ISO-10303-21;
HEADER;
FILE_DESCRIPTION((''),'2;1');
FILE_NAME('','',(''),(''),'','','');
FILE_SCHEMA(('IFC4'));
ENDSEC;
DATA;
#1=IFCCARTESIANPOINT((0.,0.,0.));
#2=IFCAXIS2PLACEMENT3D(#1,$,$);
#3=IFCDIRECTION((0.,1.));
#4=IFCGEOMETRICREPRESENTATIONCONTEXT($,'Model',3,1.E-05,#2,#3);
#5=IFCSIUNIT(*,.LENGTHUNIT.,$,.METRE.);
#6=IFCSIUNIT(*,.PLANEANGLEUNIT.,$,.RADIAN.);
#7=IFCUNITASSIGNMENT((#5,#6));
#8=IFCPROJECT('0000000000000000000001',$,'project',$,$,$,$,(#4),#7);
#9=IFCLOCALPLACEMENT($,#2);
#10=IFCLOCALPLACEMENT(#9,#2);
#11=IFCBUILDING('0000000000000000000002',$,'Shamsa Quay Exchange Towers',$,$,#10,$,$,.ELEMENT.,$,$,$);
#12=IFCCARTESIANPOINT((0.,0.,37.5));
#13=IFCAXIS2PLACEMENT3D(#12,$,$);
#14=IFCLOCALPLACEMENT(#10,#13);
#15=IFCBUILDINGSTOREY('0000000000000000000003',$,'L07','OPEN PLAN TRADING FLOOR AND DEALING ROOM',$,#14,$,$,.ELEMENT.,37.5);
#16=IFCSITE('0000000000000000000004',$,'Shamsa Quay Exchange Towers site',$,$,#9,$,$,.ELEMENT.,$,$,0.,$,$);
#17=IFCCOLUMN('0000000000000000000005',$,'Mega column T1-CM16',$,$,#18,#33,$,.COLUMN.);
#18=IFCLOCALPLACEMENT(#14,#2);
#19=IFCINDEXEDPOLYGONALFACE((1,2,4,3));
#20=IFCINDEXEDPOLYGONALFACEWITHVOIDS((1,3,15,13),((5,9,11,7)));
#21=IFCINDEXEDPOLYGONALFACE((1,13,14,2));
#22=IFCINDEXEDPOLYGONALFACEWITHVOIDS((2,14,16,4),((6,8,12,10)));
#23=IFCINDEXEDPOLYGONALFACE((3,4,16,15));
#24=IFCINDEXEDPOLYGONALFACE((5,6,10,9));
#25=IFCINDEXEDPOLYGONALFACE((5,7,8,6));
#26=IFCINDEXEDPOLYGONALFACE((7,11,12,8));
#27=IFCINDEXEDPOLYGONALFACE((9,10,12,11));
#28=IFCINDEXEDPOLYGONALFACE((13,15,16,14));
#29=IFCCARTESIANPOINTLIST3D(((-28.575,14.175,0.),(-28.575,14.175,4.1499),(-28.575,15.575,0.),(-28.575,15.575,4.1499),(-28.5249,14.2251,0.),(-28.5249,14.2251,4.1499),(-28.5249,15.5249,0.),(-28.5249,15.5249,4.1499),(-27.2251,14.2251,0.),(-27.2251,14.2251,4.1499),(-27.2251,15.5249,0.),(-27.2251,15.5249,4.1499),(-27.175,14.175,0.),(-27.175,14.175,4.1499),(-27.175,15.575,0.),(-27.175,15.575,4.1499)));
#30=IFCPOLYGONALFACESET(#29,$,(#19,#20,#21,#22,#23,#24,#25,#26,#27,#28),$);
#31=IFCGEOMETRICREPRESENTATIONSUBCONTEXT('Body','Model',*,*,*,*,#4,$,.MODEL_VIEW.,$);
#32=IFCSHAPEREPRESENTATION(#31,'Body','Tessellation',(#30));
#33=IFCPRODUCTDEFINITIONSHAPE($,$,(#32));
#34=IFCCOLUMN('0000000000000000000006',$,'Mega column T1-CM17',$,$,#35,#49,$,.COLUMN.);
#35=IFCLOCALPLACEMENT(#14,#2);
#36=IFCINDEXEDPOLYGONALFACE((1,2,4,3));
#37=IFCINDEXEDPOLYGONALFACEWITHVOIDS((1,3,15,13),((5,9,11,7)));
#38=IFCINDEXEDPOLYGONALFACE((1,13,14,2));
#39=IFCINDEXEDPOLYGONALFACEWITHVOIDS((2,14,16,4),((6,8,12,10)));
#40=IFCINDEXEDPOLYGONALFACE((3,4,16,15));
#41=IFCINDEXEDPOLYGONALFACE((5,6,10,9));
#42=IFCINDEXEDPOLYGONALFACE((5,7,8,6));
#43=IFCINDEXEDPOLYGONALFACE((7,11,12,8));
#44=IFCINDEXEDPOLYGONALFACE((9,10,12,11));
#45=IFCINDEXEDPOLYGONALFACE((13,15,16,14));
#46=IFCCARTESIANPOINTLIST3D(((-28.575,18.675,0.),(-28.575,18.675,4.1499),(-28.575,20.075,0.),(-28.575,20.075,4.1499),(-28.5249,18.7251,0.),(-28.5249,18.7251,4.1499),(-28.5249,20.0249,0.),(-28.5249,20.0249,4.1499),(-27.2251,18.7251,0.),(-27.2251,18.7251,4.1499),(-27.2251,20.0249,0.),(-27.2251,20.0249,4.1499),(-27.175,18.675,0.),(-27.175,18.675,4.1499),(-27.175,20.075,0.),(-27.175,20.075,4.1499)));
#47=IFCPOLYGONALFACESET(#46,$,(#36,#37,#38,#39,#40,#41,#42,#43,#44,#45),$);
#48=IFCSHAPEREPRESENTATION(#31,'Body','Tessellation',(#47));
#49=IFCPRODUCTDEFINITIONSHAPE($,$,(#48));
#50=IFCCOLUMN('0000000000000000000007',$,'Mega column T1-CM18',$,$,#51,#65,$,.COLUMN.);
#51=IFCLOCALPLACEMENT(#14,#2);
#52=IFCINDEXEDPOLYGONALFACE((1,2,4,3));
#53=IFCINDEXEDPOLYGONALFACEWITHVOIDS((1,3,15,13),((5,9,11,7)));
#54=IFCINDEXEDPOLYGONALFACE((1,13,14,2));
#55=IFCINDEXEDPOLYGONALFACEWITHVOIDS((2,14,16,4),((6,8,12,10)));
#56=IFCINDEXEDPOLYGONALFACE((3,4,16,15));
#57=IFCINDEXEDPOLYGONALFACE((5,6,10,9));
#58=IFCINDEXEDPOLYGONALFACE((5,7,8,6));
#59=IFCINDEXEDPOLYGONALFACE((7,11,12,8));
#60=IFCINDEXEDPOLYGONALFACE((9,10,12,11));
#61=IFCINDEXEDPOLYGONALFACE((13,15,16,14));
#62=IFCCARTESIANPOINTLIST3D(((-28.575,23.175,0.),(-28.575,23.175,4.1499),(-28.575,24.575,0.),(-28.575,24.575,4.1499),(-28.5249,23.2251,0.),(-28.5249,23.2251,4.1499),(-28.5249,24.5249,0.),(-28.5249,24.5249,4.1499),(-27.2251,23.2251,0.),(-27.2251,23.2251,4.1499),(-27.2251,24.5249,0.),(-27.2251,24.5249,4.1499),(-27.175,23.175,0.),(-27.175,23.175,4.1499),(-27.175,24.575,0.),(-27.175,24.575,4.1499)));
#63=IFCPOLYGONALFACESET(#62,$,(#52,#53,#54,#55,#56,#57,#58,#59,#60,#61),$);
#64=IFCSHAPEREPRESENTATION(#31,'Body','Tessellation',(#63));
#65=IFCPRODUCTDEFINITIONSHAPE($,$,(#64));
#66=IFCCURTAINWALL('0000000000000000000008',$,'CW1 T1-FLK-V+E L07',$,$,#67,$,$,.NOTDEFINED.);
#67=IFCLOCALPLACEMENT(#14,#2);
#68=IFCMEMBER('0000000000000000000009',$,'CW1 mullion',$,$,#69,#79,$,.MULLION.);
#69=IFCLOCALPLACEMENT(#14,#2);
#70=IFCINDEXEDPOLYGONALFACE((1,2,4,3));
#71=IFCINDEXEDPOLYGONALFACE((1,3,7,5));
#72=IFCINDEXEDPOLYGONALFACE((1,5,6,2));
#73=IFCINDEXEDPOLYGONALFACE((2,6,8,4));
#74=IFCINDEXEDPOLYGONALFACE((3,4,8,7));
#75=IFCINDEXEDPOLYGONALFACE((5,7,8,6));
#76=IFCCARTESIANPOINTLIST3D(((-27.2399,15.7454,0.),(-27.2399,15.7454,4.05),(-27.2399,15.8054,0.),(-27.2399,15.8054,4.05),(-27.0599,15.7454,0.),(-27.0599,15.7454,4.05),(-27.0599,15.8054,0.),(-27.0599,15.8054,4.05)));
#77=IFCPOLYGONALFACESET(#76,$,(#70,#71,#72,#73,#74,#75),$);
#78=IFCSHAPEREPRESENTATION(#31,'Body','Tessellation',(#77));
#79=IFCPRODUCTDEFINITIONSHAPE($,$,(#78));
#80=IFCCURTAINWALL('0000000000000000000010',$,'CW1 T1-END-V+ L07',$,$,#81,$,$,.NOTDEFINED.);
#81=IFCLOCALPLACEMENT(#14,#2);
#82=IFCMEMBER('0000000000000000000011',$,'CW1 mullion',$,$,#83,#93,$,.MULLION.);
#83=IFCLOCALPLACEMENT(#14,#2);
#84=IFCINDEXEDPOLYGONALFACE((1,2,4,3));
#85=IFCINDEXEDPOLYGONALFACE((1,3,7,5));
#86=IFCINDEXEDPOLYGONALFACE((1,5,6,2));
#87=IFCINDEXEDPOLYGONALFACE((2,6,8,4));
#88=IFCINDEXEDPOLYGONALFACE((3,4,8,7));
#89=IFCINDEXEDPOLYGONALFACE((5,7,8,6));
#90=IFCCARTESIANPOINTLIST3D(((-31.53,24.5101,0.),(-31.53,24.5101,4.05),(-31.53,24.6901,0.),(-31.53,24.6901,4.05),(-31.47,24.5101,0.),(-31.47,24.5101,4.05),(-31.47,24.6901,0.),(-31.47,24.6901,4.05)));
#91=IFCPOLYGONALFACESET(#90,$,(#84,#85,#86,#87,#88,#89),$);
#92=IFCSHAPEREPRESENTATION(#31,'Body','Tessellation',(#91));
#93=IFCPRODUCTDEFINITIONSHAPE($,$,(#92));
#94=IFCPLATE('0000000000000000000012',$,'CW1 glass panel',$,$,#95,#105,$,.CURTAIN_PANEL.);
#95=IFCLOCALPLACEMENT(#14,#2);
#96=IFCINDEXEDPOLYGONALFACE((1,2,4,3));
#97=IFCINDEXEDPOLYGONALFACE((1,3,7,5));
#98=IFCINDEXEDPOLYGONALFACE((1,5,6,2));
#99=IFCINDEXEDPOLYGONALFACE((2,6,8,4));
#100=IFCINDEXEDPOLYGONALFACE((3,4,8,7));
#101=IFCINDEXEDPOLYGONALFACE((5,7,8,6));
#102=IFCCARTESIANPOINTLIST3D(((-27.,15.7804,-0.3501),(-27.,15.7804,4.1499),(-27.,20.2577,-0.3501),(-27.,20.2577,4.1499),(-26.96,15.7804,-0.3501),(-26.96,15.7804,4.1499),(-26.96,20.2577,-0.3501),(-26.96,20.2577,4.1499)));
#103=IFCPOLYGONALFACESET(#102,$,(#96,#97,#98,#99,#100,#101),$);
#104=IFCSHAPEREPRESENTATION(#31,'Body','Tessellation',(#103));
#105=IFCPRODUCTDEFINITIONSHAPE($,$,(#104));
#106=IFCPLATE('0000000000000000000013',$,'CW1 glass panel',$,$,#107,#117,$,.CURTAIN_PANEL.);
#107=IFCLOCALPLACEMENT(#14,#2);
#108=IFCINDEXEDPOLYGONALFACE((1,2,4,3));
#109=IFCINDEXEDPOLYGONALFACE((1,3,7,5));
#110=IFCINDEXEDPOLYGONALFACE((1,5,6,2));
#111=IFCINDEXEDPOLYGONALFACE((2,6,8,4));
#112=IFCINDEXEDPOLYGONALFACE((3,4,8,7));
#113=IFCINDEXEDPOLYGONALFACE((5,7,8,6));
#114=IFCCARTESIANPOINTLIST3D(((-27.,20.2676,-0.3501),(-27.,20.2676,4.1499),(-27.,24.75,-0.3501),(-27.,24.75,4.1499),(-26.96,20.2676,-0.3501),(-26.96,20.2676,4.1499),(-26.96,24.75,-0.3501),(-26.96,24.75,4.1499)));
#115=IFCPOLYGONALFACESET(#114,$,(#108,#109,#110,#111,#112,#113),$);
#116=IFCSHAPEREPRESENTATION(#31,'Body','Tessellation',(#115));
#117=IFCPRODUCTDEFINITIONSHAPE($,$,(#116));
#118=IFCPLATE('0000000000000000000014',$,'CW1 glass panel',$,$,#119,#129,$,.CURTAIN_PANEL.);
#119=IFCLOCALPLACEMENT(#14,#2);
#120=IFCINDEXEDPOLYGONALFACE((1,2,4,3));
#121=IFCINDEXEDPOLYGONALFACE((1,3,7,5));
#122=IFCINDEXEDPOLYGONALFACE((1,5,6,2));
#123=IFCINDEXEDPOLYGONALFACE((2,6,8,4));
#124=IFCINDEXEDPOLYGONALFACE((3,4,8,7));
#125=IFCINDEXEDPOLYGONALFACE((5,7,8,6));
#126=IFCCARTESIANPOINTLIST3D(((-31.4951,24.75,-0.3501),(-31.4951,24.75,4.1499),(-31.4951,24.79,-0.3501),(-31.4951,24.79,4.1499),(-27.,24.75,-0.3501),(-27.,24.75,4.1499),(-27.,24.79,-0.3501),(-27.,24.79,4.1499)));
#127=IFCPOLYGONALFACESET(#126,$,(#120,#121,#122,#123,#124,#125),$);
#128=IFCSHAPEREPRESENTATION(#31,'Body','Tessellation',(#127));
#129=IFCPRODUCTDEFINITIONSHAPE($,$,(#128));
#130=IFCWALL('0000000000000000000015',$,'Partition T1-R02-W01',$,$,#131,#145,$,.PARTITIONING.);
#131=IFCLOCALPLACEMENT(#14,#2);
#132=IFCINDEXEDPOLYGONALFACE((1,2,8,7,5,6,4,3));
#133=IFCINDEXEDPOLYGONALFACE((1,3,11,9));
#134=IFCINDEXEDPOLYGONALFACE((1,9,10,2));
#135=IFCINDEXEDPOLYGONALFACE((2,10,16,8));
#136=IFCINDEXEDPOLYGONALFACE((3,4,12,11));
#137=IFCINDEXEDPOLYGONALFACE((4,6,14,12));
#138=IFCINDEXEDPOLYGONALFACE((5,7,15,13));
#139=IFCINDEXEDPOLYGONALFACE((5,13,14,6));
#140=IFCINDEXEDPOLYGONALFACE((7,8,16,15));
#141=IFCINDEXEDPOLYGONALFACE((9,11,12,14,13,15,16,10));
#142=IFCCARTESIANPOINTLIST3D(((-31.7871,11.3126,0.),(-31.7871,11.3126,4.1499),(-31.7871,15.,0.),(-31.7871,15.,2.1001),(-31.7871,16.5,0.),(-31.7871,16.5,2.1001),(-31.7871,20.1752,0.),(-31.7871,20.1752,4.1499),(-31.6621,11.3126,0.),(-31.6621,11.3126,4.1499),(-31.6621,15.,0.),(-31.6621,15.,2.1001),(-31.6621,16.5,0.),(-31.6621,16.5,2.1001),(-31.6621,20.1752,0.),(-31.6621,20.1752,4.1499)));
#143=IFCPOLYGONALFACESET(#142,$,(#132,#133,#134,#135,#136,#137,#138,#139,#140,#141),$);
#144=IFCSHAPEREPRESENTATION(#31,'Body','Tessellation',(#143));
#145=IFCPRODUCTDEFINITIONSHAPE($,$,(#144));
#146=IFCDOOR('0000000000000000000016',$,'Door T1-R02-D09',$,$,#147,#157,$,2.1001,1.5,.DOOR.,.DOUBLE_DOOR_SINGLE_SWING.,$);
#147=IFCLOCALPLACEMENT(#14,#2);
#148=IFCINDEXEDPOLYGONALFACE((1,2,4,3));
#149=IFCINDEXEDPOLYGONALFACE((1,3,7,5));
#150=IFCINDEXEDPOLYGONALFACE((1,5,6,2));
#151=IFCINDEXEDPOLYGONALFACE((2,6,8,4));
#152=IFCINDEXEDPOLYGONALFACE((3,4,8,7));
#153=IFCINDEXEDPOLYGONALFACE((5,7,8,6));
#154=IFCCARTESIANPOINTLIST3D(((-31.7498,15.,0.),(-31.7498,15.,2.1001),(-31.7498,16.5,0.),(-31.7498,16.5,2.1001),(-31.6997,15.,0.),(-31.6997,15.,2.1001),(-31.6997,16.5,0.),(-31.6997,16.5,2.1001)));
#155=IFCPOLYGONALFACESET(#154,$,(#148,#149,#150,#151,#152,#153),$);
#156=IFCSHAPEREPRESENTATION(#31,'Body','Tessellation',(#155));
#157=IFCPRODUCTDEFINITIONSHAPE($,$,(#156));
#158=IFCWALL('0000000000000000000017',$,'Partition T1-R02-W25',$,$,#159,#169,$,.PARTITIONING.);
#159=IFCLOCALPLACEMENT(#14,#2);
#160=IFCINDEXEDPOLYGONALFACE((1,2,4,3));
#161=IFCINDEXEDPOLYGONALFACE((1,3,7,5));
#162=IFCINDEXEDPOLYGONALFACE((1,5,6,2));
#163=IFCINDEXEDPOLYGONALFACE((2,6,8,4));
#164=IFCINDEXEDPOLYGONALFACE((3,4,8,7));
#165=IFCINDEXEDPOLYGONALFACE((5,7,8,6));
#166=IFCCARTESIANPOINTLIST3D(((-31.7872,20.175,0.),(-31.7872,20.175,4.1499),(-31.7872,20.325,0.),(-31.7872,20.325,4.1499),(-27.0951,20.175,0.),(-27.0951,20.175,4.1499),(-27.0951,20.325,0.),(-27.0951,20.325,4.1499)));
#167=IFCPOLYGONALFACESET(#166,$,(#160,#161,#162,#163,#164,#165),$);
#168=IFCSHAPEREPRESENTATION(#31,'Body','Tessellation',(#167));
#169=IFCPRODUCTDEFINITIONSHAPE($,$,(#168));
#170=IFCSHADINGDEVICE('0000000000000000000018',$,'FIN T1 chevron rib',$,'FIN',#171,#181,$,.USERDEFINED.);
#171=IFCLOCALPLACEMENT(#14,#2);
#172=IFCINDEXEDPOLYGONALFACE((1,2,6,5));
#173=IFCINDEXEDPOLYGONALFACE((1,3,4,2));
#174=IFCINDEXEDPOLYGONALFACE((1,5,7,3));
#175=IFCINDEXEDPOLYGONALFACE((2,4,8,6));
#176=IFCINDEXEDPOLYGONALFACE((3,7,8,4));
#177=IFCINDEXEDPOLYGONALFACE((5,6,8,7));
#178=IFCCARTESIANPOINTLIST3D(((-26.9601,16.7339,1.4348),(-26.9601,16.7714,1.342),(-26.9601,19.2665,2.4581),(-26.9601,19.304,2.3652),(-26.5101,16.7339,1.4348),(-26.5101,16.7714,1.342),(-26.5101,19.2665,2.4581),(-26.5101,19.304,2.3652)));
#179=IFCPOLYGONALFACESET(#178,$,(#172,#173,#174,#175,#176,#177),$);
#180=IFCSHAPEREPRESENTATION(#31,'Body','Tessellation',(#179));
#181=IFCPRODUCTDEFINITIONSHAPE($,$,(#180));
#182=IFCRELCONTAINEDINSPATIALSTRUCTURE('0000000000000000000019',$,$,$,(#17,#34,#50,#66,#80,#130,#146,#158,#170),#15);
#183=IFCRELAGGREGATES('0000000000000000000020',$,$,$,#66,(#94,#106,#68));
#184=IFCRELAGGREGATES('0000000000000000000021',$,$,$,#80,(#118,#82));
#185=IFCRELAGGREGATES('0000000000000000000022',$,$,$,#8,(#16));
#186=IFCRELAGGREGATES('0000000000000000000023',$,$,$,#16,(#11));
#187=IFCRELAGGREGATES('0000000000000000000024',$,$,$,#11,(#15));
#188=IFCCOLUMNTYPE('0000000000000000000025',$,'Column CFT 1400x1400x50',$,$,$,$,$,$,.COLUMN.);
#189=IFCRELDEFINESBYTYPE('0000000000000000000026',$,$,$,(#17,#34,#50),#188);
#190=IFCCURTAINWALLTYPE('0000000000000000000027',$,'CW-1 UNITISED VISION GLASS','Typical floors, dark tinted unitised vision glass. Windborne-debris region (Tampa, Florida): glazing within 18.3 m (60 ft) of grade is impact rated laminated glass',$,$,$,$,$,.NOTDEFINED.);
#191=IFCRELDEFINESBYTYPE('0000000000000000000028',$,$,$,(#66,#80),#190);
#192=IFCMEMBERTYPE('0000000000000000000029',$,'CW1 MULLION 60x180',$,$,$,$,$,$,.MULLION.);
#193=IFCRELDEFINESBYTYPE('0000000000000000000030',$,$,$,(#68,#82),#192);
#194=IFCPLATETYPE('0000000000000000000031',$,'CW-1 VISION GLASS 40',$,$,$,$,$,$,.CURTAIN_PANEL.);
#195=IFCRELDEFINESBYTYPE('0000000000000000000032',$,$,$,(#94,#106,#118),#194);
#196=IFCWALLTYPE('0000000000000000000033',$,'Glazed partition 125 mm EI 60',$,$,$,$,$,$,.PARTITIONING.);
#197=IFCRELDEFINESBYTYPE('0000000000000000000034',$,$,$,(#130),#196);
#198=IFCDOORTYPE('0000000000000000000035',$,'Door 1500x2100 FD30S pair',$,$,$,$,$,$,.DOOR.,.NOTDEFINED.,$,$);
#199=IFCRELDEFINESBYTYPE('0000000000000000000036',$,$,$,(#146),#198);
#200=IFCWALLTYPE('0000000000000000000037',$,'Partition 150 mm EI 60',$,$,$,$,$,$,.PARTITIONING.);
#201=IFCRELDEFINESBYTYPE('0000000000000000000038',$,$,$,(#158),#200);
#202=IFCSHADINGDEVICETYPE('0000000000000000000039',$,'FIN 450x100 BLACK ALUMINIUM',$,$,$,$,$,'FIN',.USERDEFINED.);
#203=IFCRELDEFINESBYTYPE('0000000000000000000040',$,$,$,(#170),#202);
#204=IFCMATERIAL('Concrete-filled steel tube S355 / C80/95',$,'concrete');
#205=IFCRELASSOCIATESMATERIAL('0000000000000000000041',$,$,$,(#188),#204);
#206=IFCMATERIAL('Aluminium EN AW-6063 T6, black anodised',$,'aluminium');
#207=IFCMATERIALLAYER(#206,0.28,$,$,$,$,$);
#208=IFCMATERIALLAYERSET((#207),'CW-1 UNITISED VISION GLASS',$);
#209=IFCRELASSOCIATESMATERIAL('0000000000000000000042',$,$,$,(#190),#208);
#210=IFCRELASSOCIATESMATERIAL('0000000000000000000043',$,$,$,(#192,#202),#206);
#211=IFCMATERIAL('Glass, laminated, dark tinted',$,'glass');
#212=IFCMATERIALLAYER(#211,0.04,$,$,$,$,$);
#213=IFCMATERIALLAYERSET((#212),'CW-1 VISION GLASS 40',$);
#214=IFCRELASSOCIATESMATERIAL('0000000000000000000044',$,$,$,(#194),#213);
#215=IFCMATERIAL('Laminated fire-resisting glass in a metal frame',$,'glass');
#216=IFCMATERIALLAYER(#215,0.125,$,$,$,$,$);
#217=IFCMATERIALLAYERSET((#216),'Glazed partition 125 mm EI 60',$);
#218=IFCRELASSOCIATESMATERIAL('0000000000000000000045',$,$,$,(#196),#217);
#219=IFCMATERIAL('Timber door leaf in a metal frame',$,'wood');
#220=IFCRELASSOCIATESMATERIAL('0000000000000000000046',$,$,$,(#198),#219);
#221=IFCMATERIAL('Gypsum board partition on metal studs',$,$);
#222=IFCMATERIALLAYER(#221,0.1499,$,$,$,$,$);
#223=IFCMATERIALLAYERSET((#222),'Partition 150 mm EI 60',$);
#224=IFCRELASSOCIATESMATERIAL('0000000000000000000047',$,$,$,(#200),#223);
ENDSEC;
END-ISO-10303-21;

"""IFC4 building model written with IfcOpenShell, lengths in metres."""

from ifc_helpers import new_model, si_unit, direction, frame, frame_2d, origin, origin_2d, place, context, subcontext, project, spatial, rectangle, hollow_rectangle, extrude, material, layer, layer_set, material_profile, profile_set, type_object, element, fill, aggregate, save


model = new_model("IFC4")

# Units and contexts
model_context = context("Model", 3, precision=1e-05, world=origin(), true_north=direction((0.0, 1.0)))
body_context = subcontext(model_context, "Body", "Model", "MODEL_VIEW")
ifc_project = project(units=[si_unit("LENGTHUNIT", "METRE"), si_unit("PLANEANGLEUNIT", "RADIAN")], contexts=[model_context])

# Site, building, storey
site_placement = place(None, origin())
site = spatial("IfcSite", under=ifc_project, at=site_placement, Name="Shamsa Quay Exchange Towers site", CompositionType="ELEMENT", RefElevation=0.0)
building_placement = place(site_placement, origin())
building = spatial("IfcBuilding", under=site, at=building_placement, Name="Shamsa Quay Exchange Towers", CompositionType="ELEMENT")
storey_placement = place(building_placement, frame((0.0, 0.0, 37.5)))
storey = spatial("IfcBuildingStorey", under=building, at=storey_placement, Name="L07", Description="OPEN PLAN TRADING FLOOR AND DEALING ROOM", CompositionType="ELEMENT", Elevation=37.5)

# Columns
ifc_material_1 = material(Name="Concrete-filled steel tube S355 / C80/95", Category="concrete")
ifc_material_profile_1 = material_profile(ifc_material_1, hollow_rectangle(XDim=1.3999, YDim=1.3999, WallThickness=0.05, at=origin_2d()), Name="CFT 1400x1400x50")
ifc_profile_set_1 = profile_set([ifc_material_profile_1], Name="Concrete-filled steel tube S355 / C80/95")
column_type = type_object("IfcColumnType", Name="Column CFT 1400x1400x50", PredefinedType="COLUMN", material=ifc_profile_set_1)
for number, where, name in (
    (1, (-27.875, 14.875, 0.0), "Mega column T1-CM16"),
    (2, (-27.875, 19.375, 0.0), "Mega column T1-CM17"),
    (3, (-27.875, 23.875, 0.0), "Mega column T1-CM18"),
):
    element("IfcColumn", number, at=place(storey_placement, frame(where)), inside=storey, type_object=column_type, Name=name, PredefinedType="COLUMN", context=body_context, shape_type="SweptSolid", body=[
        extrude(hollow_rectangle(XDim=1.3999, YDim=1.3999, WallThickness=0.05, at=origin_2d()), origin(), (0.0, 0.0, 1.0), 4.1499),
    ])

# Curtain walls, members
ifc_material_2 = material(Name="Aluminium EN AW-6063 T6, black anodised", Category="aluminium")
ifc_layer_1 = layer(ifc_material_2, 0.28)
ifc_layer_set_1 = layer_set([ifc_layer_1], Name="CW-1 UNITISED VISION GLASS")
curtain_wall_type = type_object("IfcCurtainWallType", Name="CW-1 UNITISED VISION GLASS", Description="Typical floors, dark tinted unitised vision glass. Windborne-debris region (Tampa, Florida): glazing within 18.3 m (60 ft) of grade is impact rated laminated glass", PredefinedType="NOTDEFINED", material=ifc_layer_set_1)
curtain_wall_1_placement = place(storey_placement, origin())
curtain_wall_1 = element("IfcCurtainWall", 4, at=curtain_wall_1_placement, inside=storey, type_object=curtain_wall_type, Name="CW1 T1-FLK-V+E L07", PredefinedType="NOTDEFINED")
ifc_material_profile_2 = material_profile(ifc_material_2, rectangle(XDim=0.1799, YDim=0.0601, at=origin_2d()), Name="MU60x180")
ifc_profile_set_2 = profile_set([ifc_material_profile_2], Name="Aluminium EN AW-6063 T6, black anodised")
member_type = type_object("IfcMemberType", Name="CW1 MULLION 60x180", PredefinedType="MULLION", material=ifc_profile_set_2)
member_1_placement = place(storey_placement, frame((-27.1499, 15.7754, 0.0), z_axis=(0.0, 0.0, 1.0), x_axis=(-1.0, 0.0, 0.0)))
member_1 = element("IfcMember", 5, at=member_1_placement, type_object=member_type, Name="CW1 mullion", PredefinedType="MULLION", context=body_context, shape_type="SweptSolid", body=[
    extrude(rectangle(XDim=0.1799, YDim=0.0601, at=origin_2d()), origin(), (0.0, 0.0, 1.0), 4.05),
])
curtain_wall_2_placement = place(storey_placement, origin())
curtain_wall_2 = element("IfcCurtainWall", 6, at=curtain_wall_2_placement, inside=storey, type_object=curtain_wall_type, Name="CW1 T1-END-V+ L07", PredefinedType="NOTDEFINED")
member_2_placement = place(storey_placement, frame((-31.5, 24.6001, 0.0), z_axis=(0.0, 0.0, 1.0), x_axis=(0.0, -1.0, 0.0)))
member_2 = element("IfcMember", 7, at=member_2_placement, type_object=member_type, Name="CW1 mullion", PredefinedType="MULLION", context=body_context, shape_type="SweptSolid", body=[
    extrude(rectangle(XDim=0.1799, YDim=0.0601, at=origin_2d()), origin(), (0.0, 0.0, 1.0), 4.05),
])

# Plates
ifc_material_3 = material(Name="Glass, laminated, dark tinted", Category="glass")
ifc_layer_2 = layer(ifc_material_3, 0.04)
ifc_layer_set_2 = layer_set([ifc_layer_2], Name="CW-1 VISION GLASS 40")
plate_type = type_object("IfcPlateType", Name="CW-1 VISION GLASS 40", PredefinedType="CURTAIN_PANEL", material=ifc_layer_set_2)
plate_1_placement = place(storey_placement, frame((-26.98, 18.019, -0.3501), z_axis=(0.0, 0.0, 1.0), x_axis=(0.0, 1.0, 0.0)))
plate_1 = element("IfcPlate", 8, at=plate_1_placement, type_object=plate_type, Name="CW1 glass panel", PredefinedType="CURTAIN_PANEL", context=body_context, shape_type="SweptSolid", body=[
    extrude(rectangle(XDim=4.4773, YDim=0.04, at=origin_2d()), origin(), (0.0, 0.0, 1.0), 4.5),
])
plate_2_placement = place(storey_placement, frame((-26.98, 22.5088, -0.3501), z_axis=(0.0, 0.0, 1.0), x_axis=(0.0, 1.0, 0.0)))
plate_2 = element("IfcPlate", 9, at=plate_2_placement, type_object=plate_type, Name="CW1 glass panel", PredefinedType="CURTAIN_PANEL", context=body_context, shape_type="SweptSolid", body=[
    extrude(rectangle(XDim=4.4824, YDim=0.04, at=origin_2d()), origin(), (0.0, 0.0, 1.0), 4.5),
])
aggregate(curtain_wall_1, [plate_1, plate_2, member_1])
plate_3_placement = place(storey_placement, frame((-29.2476, 24.77, -0.3501), z_axis=(0.0, 0.0, 1.0), x_axis=(-1.0, 0.0, 0.0)))
plate_3 = element("IfcPlate", 10, at=plate_3_placement, type_object=plate_type, Name="CW1 glass panel", PredefinedType="CURTAIN_PANEL", context=body_context, shape_type="SweptSolid", body=[
    extrude(rectangle(XDim=4.4951, YDim=0.04, at=origin_2d()), origin(), (0.0, 0.0, 1.0), 4.5),
])
aggregate(curtain_wall_2, [plate_3, member_2])

# Wall, opening, door
ifc_material_4 = material(Name="Laminated fire-resisting glass in a metal frame", Category="glass")
ifc_layer_3 = layer(ifc_material_4, 0.125)
ifc_layer_set_3 = layer_set([ifc_layer_3], Name="Glazed partition 125 mm EI 60")
wall_type_1 = type_object("IfcWallType", Name="Glazed partition 125 mm EI 60", PredefinedType="PARTITIONING", material=ifc_layer_set_3)
wall_1_placement = place(storey_placement, frame((-31.7246, 20.175, 0.0), z_axis=(0.0, 0.0, 1.0), x_axis=(0.0, -1.0, 0.0)))
wall_1 = element("IfcWall", 11, at=wall_1_placement, inside=storey, type_object=wall_type_1, Name="Partition T1-R02-W01", PredefinedType="PARTITIONING", context=body_context, shape_type="SweptSolid", body=[
    extrude(rectangle(XDim=8.8625, YDim=0.125, at=frame_2d((4.4312, 0.0))), origin(), (0.0, 0.0, 1.0), 4.1499),
])
opening_placement = place(wall_1_placement, frame((3.675, 0.0, 0.0)))
opening = element("IfcOpeningElement", 12, at=opening_placement, cuts=wall_1, PredefinedType="OPENING", context=body_context, shape_type="SweptSolid", body=[
    extrude(rectangle(XDim=1.5, YDim=2.1001, at=frame_2d((0.75, 1.05))), frame((0.0, 0.0725, 0.0), z_axis=(0.0, -1.0, 0.0), x_axis=(1.0, 0.0, 0.0)), (0.0, 0.0, 1.0), 0.145),
])
ifc_material_5 = material(Name="Timber door leaf in a metal frame", Category="wood")
door_type = type_object("IfcDoorType", Name="Door 1500x2100 FD30S pair", OperationType="NOTDEFINED", PredefinedType="DOOR", material=ifc_material_5)
door_placement = place(opening_placement, origin())
door = element("IfcDoor", 13, at=door_placement, inside=storey, type_object=door_type, Name="Door T1-R02-D09", OperationType="DOUBLE_DOOR_SINGLE_SWING", OverallHeight=2.1001, OverallWidth=1.5, PredefinedType="DOOR", context=body_context, shape_type="SweptSolid", body=[
    extrude(rectangle(XDim=1.5, YDim=2.1001, at=frame_2d((0.75, 1.05))), frame((0.0, 0.0249, 0.0), z_axis=(0.0, -1.0, 0.0), x_axis=(1.0, 0.0, 0.0)), (0.0, 0.0, 1.0), 0.05),
])
fill(opening, door)

# Wall
ifc_material_6 = material(Name="Gypsum board partition on metal studs")
ifc_layer_4 = layer(ifc_material_6, 0.1499)
ifc_layer_set_4 = layer_set([ifc_layer_4], Name="Partition 150 mm EI 60")
wall_type_2 = type_object("IfcWallType", Name="Partition 150 mm EI 60", PredefinedType="PARTITIONING", material=ifc_layer_set_4)
wall_2_placement = place(storey_placement, frame((-27.095, 20.25, 0.0), z_axis=(0.0, 0.0, 1.0), x_axis=(-1.0, 0.0, 0.0)))
element("IfcWall", 14, at=wall_2_placement, inside=storey, type_object=wall_type_2, Name="Partition T1-R02-W25", PredefinedType="PARTITIONING", context=body_context, shape_type="SweptSolid", body=[
    extrude(rectangle(XDim=4.6921, YDim=0.1499, at=frame_2d((2.3462, 0.0))), origin(), (0.0, 0.0, 1.0), 4.1499),
])

# Shading device
ifc_material_profile_3 = material_profile(ifc_material_2, rectangle(XDim=0.45, YDim=0.1001, at=origin_2d()), Name="FIN450x100")
ifc_profile_set_3 = profile_set([ifc_material_profile_3], Name="Aluminium EN AW-6063 T6, black anodised")
shading_device_type = type_object("IfcShadingDeviceType", Name="FIN 450x100 BLACK ALUMINIUM", ElementType="FIN", PredefinedType="USERDEFINED", material=ifc_profile_set_3)
shading_device_1_placement = place(storey_placement, frame((-26.7351, 16.7527, 1.3884), z_axis=(0.0, 0.927183, 0.374609), x_axis=(-1.0, 0.0, 0.0)))
element("IfcShadingDevice", 15, at=shading_device_1_placement, inside=storey, type_object=shading_device_type, Name="FIN T1 chevron rib", ObjectType="FIN", PredefinedType="USERDEFINED", context=body_context, shape_type="SweptSolid", body=[
    extrude(rectangle(XDim=0.45, YDim=0.1001, at=origin_2d()), origin(), (0.0, 0.0, 1.0), 2.7314),
])

save(model, "model.ifc")
